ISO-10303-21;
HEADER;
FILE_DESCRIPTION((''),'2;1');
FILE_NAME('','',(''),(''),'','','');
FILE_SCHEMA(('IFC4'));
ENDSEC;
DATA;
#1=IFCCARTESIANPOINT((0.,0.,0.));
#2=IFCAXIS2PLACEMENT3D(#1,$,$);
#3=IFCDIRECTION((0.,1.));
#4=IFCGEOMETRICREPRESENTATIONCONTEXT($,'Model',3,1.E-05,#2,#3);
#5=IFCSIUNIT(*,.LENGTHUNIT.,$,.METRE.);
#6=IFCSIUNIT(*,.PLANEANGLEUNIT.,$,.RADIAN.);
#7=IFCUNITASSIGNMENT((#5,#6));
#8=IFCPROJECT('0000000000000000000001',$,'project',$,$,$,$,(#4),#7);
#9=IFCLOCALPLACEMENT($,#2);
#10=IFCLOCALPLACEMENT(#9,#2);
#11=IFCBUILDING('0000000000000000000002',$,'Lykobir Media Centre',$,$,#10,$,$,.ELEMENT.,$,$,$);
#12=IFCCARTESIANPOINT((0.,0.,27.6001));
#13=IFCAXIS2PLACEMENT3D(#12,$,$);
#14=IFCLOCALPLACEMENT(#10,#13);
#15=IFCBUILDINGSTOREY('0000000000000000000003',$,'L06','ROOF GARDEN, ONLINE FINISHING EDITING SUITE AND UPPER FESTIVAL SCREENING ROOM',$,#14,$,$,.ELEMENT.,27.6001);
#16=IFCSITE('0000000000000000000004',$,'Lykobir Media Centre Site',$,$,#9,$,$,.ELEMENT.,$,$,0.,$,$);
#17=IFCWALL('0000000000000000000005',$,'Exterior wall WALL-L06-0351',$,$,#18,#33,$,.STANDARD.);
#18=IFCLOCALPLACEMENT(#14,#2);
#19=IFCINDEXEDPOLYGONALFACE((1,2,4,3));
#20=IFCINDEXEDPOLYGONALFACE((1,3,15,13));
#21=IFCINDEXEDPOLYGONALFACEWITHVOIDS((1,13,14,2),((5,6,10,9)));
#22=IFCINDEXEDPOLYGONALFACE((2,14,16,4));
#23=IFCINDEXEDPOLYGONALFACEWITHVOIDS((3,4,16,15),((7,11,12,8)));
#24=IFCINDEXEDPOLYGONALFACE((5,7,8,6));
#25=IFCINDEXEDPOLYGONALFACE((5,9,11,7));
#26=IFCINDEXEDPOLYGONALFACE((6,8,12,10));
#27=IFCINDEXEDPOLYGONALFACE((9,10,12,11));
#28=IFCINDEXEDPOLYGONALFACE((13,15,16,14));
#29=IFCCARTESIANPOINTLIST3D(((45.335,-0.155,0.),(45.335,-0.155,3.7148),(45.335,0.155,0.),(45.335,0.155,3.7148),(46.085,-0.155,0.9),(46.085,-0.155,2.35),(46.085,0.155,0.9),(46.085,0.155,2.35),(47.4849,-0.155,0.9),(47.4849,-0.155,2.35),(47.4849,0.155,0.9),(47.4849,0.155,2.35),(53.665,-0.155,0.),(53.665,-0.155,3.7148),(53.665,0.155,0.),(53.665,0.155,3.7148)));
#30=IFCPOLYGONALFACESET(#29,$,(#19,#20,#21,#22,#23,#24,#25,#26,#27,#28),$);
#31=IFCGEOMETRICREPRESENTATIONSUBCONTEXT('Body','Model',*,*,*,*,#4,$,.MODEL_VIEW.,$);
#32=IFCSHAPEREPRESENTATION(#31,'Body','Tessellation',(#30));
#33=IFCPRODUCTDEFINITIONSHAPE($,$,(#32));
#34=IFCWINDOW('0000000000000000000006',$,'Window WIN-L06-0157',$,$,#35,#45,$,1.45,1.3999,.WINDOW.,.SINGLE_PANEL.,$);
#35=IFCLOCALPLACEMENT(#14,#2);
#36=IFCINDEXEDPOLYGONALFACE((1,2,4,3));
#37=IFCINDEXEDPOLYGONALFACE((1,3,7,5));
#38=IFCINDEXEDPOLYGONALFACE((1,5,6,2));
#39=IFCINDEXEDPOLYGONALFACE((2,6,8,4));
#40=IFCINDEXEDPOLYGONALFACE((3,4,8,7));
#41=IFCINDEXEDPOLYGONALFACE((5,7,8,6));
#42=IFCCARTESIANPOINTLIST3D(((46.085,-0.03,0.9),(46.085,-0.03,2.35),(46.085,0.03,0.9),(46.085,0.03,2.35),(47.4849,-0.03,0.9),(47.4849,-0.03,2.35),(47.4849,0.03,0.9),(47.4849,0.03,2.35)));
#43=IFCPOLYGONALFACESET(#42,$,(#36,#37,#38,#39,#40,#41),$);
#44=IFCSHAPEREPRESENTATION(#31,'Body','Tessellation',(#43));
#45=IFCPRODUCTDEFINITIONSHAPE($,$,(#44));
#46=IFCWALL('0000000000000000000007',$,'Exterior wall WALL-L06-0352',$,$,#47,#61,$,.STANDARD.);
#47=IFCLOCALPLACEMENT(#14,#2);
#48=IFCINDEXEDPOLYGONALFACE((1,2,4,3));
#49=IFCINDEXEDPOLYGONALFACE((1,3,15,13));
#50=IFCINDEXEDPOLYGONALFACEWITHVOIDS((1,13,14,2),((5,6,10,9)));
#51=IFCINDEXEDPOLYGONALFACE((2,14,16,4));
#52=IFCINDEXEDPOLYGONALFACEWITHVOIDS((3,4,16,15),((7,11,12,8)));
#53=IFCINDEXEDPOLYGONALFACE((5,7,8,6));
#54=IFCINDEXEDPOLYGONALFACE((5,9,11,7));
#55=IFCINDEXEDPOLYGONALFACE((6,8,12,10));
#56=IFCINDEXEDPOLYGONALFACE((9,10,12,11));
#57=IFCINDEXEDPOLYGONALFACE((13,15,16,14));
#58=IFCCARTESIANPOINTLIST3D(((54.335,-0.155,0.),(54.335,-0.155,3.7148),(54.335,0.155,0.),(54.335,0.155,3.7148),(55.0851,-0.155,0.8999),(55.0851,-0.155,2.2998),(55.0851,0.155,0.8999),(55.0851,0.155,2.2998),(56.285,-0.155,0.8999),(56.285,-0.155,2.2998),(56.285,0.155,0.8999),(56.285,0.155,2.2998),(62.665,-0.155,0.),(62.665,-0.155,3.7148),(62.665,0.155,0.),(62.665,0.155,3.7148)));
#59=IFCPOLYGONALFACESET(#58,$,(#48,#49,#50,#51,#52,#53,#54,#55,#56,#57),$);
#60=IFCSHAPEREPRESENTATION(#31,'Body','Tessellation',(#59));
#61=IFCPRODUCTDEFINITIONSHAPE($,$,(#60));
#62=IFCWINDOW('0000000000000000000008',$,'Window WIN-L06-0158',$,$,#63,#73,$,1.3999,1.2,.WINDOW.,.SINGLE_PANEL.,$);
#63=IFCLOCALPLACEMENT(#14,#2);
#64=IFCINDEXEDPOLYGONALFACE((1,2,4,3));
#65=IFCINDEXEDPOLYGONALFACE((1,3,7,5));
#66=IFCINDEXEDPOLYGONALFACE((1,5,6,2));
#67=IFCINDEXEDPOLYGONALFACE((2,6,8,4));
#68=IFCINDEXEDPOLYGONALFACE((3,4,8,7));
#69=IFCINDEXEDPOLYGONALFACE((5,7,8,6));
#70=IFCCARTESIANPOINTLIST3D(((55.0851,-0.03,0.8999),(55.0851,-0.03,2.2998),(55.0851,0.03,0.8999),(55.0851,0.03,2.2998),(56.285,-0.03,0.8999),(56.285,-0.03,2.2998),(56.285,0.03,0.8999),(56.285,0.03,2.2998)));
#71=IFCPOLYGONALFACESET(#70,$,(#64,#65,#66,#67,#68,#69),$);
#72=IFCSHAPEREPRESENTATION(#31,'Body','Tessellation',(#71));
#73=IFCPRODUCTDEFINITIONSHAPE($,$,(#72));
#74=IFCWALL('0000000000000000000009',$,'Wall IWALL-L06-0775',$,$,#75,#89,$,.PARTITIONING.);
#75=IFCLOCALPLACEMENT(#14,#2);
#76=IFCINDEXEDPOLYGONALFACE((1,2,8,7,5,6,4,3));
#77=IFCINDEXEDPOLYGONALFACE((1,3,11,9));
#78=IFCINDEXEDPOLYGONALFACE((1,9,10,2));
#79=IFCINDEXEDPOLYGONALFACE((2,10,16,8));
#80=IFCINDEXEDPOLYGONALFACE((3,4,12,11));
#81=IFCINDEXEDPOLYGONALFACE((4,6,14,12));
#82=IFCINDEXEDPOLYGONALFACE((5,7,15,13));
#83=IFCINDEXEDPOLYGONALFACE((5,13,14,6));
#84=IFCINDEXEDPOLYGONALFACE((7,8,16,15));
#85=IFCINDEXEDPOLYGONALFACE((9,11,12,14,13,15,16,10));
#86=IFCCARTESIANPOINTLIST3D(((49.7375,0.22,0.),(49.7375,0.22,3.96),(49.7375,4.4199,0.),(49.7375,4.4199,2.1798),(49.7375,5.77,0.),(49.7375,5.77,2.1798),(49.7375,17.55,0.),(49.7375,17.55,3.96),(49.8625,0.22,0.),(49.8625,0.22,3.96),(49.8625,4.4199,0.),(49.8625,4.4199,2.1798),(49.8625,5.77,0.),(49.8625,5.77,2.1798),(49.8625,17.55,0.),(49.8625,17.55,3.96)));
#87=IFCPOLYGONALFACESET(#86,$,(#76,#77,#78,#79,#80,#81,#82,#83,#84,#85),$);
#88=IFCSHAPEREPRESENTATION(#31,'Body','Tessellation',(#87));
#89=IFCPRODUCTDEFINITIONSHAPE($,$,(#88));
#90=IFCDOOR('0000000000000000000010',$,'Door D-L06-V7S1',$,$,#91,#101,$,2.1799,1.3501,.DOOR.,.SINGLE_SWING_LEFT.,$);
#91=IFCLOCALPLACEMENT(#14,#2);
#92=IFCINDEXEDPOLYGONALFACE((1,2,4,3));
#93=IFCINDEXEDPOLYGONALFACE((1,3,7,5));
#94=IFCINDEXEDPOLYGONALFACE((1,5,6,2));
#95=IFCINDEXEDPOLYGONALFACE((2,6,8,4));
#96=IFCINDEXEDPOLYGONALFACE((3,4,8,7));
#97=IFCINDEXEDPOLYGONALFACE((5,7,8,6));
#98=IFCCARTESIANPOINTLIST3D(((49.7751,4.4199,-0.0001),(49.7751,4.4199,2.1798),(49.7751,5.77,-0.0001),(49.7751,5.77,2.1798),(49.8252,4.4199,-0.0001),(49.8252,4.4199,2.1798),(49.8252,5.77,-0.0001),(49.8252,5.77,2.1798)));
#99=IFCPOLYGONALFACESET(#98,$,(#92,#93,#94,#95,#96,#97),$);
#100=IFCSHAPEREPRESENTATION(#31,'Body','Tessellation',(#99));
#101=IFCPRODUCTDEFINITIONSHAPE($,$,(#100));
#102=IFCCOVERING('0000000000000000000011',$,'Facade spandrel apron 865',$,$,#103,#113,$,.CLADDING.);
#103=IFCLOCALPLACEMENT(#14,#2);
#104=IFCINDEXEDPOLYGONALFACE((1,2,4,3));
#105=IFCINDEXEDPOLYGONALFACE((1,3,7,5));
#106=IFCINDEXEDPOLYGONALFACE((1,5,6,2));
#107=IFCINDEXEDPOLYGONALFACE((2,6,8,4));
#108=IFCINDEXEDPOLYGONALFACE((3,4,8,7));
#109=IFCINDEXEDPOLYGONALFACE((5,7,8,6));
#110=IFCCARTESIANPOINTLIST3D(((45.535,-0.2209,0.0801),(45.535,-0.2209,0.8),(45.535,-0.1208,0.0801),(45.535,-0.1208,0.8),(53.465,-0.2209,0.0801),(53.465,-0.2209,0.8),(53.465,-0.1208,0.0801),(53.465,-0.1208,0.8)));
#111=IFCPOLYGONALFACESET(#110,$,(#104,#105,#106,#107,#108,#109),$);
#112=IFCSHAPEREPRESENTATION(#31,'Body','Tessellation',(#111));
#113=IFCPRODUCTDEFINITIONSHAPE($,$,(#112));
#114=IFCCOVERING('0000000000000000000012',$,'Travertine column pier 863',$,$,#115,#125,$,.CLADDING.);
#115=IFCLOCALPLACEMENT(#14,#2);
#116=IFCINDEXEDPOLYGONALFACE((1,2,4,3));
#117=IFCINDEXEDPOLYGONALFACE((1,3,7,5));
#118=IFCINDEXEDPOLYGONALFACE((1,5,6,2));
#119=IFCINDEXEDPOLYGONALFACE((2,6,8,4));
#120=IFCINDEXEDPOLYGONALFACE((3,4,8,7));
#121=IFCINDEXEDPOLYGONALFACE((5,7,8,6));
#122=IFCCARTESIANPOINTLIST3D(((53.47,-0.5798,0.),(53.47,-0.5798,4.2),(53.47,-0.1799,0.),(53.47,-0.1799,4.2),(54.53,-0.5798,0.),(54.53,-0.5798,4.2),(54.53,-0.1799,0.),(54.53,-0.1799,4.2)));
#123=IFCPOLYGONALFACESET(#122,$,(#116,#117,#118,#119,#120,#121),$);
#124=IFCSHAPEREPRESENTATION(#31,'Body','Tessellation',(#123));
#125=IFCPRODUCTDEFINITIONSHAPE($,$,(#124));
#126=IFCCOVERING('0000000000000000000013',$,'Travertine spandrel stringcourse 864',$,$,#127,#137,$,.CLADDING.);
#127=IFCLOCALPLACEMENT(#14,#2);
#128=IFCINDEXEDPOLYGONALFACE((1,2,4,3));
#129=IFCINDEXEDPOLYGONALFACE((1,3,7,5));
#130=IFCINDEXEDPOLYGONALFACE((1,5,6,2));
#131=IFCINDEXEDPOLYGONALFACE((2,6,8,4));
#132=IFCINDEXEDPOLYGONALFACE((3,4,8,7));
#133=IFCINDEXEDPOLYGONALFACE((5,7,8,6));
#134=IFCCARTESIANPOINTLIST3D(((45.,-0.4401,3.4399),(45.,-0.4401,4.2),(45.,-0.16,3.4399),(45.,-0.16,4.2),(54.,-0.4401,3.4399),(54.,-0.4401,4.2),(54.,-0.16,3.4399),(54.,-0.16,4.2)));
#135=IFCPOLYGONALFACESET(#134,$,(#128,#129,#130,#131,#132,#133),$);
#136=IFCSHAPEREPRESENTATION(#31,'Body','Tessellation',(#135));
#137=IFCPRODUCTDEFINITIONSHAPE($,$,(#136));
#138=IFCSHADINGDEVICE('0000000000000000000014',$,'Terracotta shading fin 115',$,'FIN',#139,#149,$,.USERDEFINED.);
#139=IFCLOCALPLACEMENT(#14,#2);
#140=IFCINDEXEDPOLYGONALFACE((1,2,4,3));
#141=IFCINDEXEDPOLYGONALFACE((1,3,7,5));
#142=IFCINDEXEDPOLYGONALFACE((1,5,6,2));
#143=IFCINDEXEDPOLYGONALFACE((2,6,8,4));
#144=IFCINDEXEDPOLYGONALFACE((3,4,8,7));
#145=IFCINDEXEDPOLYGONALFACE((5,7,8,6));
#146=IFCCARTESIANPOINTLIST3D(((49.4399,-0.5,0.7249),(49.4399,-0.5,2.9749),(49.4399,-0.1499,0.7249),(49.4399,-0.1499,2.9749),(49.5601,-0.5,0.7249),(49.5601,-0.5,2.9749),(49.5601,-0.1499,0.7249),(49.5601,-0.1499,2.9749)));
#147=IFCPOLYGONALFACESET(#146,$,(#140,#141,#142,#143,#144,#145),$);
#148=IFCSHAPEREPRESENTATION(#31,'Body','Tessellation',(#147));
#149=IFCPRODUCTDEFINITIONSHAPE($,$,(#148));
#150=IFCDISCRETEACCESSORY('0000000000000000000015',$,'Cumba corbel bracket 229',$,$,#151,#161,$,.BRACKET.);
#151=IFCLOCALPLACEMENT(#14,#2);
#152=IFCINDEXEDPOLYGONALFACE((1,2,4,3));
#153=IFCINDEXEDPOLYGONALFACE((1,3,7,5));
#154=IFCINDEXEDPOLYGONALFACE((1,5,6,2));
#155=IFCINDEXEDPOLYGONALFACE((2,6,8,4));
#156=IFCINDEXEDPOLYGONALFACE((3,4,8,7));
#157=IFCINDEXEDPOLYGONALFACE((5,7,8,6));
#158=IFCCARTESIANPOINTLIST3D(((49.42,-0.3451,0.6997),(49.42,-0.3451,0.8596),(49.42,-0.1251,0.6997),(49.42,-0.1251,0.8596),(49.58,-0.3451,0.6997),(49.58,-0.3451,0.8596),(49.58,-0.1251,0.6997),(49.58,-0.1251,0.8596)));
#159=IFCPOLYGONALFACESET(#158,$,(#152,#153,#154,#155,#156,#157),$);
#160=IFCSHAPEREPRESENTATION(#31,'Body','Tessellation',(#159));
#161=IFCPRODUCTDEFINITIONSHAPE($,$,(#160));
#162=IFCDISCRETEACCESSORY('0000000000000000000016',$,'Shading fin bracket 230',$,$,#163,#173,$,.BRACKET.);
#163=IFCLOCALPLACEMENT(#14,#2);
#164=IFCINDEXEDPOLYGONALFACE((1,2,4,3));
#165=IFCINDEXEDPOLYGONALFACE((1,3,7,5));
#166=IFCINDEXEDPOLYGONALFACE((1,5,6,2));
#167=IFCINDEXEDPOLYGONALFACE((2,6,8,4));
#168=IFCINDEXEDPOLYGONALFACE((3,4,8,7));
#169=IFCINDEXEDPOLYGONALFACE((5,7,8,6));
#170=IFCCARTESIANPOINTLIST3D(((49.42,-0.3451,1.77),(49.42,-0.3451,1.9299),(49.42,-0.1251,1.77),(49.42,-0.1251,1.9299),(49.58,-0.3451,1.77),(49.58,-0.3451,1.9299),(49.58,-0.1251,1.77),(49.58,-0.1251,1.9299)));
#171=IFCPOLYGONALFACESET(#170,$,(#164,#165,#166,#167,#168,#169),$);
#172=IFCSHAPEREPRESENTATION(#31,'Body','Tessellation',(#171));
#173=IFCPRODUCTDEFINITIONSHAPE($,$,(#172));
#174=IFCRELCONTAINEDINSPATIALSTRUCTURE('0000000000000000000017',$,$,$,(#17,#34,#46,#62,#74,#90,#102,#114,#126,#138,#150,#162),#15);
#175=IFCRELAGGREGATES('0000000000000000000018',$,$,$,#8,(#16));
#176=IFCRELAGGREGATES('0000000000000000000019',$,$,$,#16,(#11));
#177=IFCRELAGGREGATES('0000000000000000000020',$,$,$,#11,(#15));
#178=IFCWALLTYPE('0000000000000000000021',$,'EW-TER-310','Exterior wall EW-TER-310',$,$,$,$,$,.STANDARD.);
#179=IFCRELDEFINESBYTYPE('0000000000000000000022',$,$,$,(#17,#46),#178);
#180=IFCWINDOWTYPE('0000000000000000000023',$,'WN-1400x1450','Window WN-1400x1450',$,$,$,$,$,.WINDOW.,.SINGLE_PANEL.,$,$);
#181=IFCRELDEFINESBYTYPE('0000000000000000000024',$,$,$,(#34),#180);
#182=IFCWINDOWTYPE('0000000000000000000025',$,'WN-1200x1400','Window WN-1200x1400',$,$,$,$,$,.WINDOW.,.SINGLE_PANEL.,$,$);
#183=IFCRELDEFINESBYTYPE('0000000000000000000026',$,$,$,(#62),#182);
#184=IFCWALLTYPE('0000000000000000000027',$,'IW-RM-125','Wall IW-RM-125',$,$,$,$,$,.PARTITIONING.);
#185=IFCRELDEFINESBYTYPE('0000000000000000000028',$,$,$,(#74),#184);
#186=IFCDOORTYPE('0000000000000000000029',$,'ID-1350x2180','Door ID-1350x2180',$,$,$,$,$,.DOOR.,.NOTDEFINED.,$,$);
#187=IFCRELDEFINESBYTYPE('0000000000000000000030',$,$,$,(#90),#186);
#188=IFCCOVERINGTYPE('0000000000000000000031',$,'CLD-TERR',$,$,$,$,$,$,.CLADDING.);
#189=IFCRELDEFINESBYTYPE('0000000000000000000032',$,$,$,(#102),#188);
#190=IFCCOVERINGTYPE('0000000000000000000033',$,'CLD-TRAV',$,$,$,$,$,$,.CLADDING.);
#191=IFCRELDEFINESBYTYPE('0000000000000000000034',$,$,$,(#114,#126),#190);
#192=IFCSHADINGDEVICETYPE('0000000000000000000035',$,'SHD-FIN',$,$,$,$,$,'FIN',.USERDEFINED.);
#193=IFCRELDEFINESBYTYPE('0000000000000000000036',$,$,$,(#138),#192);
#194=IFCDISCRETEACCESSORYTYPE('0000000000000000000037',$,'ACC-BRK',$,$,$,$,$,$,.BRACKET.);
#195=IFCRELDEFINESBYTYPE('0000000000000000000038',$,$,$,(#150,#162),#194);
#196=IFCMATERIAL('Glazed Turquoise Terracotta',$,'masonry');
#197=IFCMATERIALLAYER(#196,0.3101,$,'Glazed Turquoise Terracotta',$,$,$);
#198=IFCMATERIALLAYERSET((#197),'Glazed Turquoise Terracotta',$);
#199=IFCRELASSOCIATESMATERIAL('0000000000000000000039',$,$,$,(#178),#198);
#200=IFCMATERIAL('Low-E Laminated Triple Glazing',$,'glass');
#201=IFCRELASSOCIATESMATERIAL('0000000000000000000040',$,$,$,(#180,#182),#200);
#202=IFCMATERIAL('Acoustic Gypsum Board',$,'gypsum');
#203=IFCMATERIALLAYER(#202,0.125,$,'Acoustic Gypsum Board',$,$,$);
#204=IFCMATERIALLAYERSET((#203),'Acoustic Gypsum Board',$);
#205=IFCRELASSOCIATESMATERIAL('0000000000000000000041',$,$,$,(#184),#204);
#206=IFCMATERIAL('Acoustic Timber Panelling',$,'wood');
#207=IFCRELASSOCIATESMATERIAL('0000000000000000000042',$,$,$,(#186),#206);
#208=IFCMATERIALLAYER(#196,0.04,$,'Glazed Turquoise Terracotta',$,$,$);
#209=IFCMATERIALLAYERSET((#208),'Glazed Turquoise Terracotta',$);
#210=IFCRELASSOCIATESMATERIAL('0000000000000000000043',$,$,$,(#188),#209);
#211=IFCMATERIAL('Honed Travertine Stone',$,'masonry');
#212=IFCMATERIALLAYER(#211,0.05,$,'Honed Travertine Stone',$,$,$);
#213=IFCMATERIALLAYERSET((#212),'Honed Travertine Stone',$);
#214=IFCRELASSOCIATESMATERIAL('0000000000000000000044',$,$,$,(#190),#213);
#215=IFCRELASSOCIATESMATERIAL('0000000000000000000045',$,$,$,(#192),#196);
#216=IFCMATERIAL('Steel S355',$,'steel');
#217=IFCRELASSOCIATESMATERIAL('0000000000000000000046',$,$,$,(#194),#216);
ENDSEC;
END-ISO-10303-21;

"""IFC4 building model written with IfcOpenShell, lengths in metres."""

from ifc_helpers import new_model, si_unit, direction, frame, frame_2d, origin, origin_2d, place, context, subcontext, project, spatial, rectangle, extrude, material, layer, layer_set, type_object, element, fill, save


model = new_model("IFC4")

# Units and contexts
model_context = context("Model", 3, precision=1e-05, world=origin(), true_north=direction((0.0, 1.0)))
body_context = subcontext(model_context, "Body", "Model", "MODEL_VIEW")
ifc_project = project(units=[si_unit("LENGTHUNIT", "METRE"), si_unit("PLANEANGLEUNIT", "RADIAN")], contexts=[model_context])

# Site, building, storey
site_placement = place(None, origin())
site = spatial("IfcSite", under=ifc_project, at=site_placement, Name="Lykobir Media Centre Site", CompositionType="ELEMENT", RefElevation=0.0)
building_placement = place(site_placement, origin())
building = spatial("IfcBuilding", under=site, at=building_placement, Name="Lykobir Media Centre", CompositionType="ELEMENT")
storey_placement = place(building_placement, frame((0.0, 0.0, 27.6001)))
storey = spatial("IfcBuildingStorey", under=building, at=storey_placement, Name="L06", Description="ROOF GARDEN, ONLINE FINISHING EDITING SUITE AND UPPER FESTIVAL SCREENING ROOM", CompositionType="ELEMENT", Elevation=27.6001)

# Shared definitions
ifc_material_1 = material(Name="Steel S355", Category="steel")

# Walls, openings, windows
ifc_material_2 = material(Name="Glazed Turquoise Terracotta", Category="masonry")
ifc_layer_1 = layer(ifc_material_2, 0.3101, Name="Glazed Turquoise Terracotta")
ifc_layer_set_1 = layer_set([ifc_layer_1], Name="Glazed Turquoise Terracotta")
wall_type_1 = type_object("IfcWallType", Name="EW-TER-310", Description="Exterior wall EW-TER-310", PredefinedType="STANDARD", material=ifc_layer_set_1)
wall_1_placement = place(storey_placement, frame((45.335, 0.0, 0.0), z_axis=(0.0, 0.0, 1.0), x_axis=(1.0, 0.0, 0.0)))
wall_1 = element("IfcWall", 1, at=wall_1_placement, inside=storey, type_object=wall_type_1, Name="Exterior wall WALL-L06-0351", PredefinedType="STANDARD", context=body_context, shape_type="SweptSolid", body=[
    extrude(rectangle(XDim=8.3301, YDim=0.3101, at=frame_2d((4.165, 0.0))), origin(), (0.0, 0.0, 1.0), 3.7148),
])
opening_1_placement = place(wall_1_placement, frame((0.75, 0.0, 0.8999)))
opening_1 = element("IfcOpeningElement", 2, at=opening_1_placement, cuts=wall_1, PredefinedType="OPENING", context=body_context, shape_type="SweptSolid", body=[
    extrude(rectangle(XDim=1.3999, YDim=1.45, at=frame_2d((0.7, 0.7251))), frame((0.0, 0.165, 0.0), z_axis=(0.0, -1.0, 0.0), x_axis=(1.0, 0.0, 0.0)), (0.0, 0.0, 1.0), 0.3301),
])
ifc_material_3 = material(Name="Low-E Laminated Triple Glazing", Category="glass")
window_type_1 = type_object("IfcWindowType", Name="WN-1400x1450", Description="Window WN-1400x1450", PartitioningType="SINGLE_PANEL", PredefinedType="WINDOW", material=ifc_material_3)
window_1_placement = place(opening_1_placement, origin())
window_1 = element("IfcWindow", 3, at=window_1_placement, inside=storey, type_object=window_type_1, Name="Window WIN-L06-0157", OverallHeight=1.45, OverallWidth=1.3999, PartitioningType="SINGLE_PANEL", PredefinedType="WINDOW", context=body_context, shape_type="SweptSolid", body=[
    extrude(rectangle(XDim=1.3999, YDim=1.45, at=frame_2d((0.7, 0.7251))), frame((0.0, 0.03, 0.0), z_axis=(0.0, -1.0, 0.0), x_axis=(1.0, 0.0, 0.0)), (0.0, 0.0, 1.0), 0.0601),
])
fill(opening_1, window_1)
wall_2_placement = place(storey_placement, frame((54.335, 0.0, 0.0), z_axis=(0.0, 0.0, 1.0), x_axis=(1.0, 0.0, 0.0)))
wall_2 = element("IfcWall", 4, at=wall_2_placement, inside=storey, type_object=wall_type_1, Name="Exterior wall WALL-L06-0352", PredefinedType="STANDARD", context=body_context, shape_type="SweptSolid", body=[
    extrude(rectangle(XDim=8.3301, YDim=0.3101, at=frame_2d((4.165, 0.0))), origin(), (0.0, 0.0, 1.0), 3.7148),
])
opening_2_placement = place(wall_2_placement, frame((0.75, 0.0, 0.8999)))
opening_2 = element("IfcOpeningElement", 5, at=opening_2_placement, cuts=wall_2, PredefinedType="OPENING", context=body_context, shape_type="SweptSolid", body=[
    extrude(rectangle(XDim=1.2, YDim=1.3999, at=frame_2d((0.6001, 0.7))), frame((0.0, 0.165, 0.0), z_axis=(0.0, -1.0, 0.0), x_axis=(1.0, 0.0, 0.0)), (0.0, 0.0, 1.0), 0.3301),
])
window_type_2 = type_object("IfcWindowType", Name="WN-1200x1400", Description="Window WN-1200x1400", PartitioningType="SINGLE_PANEL", PredefinedType="WINDOW", material=ifc_material_3)
window_2_placement = place(opening_2_placement, origin())
window_2 = element("IfcWindow", 6, at=window_2_placement, inside=storey, type_object=window_type_2, Name="Window WIN-L06-0158", OverallHeight=1.3999, OverallWidth=1.2, PartitioningType="SINGLE_PANEL", PredefinedType="WINDOW", context=body_context, shape_type="SweptSolid", body=[
    extrude(rectangle(XDim=1.2, YDim=1.3999, at=frame_2d((0.6001, 0.7))), frame((0.0, 0.03, 0.0), z_axis=(0.0, -1.0, 0.0), x_axis=(1.0, 0.0, 0.0)), (0.0, 0.0, 1.0), 0.0601),
])
fill(opening_2, window_2)

# Wall, opening, door
ifc_material_4 = material(Name="Acoustic Gypsum Board", Category="gypsum")
ifc_layer_2 = layer(ifc_material_4, 0.125, Name="Acoustic Gypsum Board")
ifc_layer_set_2 = layer_set([ifc_layer_2], Name="Acoustic Gypsum Board")
wall_type_2 = type_object("IfcWallType", Name="IW-RM-125", Description="Wall IW-RM-125", PredefinedType="PARTITIONING", material=ifc_layer_set_2)
wall_3_placement = place(storey_placement, frame((49.8, 0.22, 0.0), z_axis=(0.0, 0.0, 1.0), x_axis=(0.0, 1.0, 0.0)))
wall_3 = element("IfcWall", 7, at=wall_3_placement, inside=storey, type_object=wall_type_2, Name="Wall IWALL-L06-0775", PredefinedType="PARTITIONING", context=body_context, shape_type="SweptSolid", body=[
    extrude(rectangle(XDim=17.3301, YDim=0.125, at=frame_2d((8.665, 0.0))), origin(), (0.0, 0.0, 1.0), 3.96),
])
opening_3_placement = place(wall_3_placement, frame((4.2, 0.0, 0.0)))
opening_3 = element("IfcOpeningElement", 8, at=opening_3_placement, cuts=wall_3, PredefinedType="OPENING", context=body_context, shape_type="SweptSolid", body=[
    extrude(rectangle(XDim=1.3501, YDim=2.1799, at=frame_2d((0.675, 1.0898))), frame((0.0, 0.0725, 0.0), z_axis=(0.0, -1.0, 0.0), x_axis=(1.0, 0.0, 0.0)), (0.0, 0.0, 1.0), 0.145),
])
ifc_material_5 = material(Name="Acoustic Timber Panelling", Category="wood")
door_type = type_object("IfcDoorType", Name="ID-1350x2180", Description="Door ID-1350x2180", OperationType="NOTDEFINED", PredefinedType="DOOR", material=ifc_material_5)
door_placement = place(opening_3_placement, origin())
door = element("IfcDoor", 9, at=door_placement, inside=storey, type_object=door_type, Name="Door D-L06-V7S1", OperationType="SINGLE_SWING_LEFT", OverallHeight=2.1799, OverallWidth=1.3501, PredefinedType="DOOR", context=body_context, shape_type="SweptSolid", body=[
    extrude(rectangle(XDim=1.3501, YDim=2.1799, at=frame_2d((0.675, 1.0898))), frame((0.0, 0.0249, 0.0), z_axis=(0.0, -1.0, 0.0), x_axis=(1.0, 0.0, 0.0)), (0.0, 0.0, 1.0), 0.05),
])
fill(opening_3, door)

# Coverings
ifc_layer_3 = layer(ifc_material_2, 0.04, Name="Glazed Turquoise Terracotta")
ifc_layer_set_3 = layer_set([ifc_layer_3], Name="Glazed Turquoise Terracotta")
covering_type_1 = type_object("IfcCoveringType", Name="CLD-TERR", PredefinedType="CLADDING", material=ifc_layer_set_3)
covering_1_placement = place(storey_placement, frame((49.5, -0.1709, 0.0801), z_axis=(0.0, 0.0, 1.0), x_axis=(1.0, 0.0, 0.0)))
element("IfcCovering", 10, at=covering_1_placement, inside=storey, type_object=covering_type_1, Name="Facade spandrel apron 865", PredefinedType="CLADDING", context=body_context, shape_type="SweptSolid", body=[
    extrude(rectangle(XDim=7.9299, YDim=0.1001, at=origin_2d()), origin(), (0.0, 0.0, 1.0), 0.72),
])
ifc_material_6 = material(Name="Honed Travertine Stone", Category="masonry")
ifc_layer_4 = layer(ifc_material_6, 0.05, Name="Honed Travertine Stone")
ifc_layer_set_4 = layer_set([ifc_layer_4], Name="Honed Travertine Stone")
covering_type_2 = type_object("IfcCoveringType", Name="CLD-TRAV", PredefinedType="CLADDING", material=ifc_layer_set_4)
covering_2_placement = place(storey_placement, frame((54.0, -0.3799, 0.0), z_axis=(0.0, 0.0, 1.0), x_axis=(1.0, 0.0, 0.0)))
element("IfcCovering", 11, at=covering_2_placement, inside=storey, type_object=covering_type_2, Name="Travertine column pier 863", PredefinedType="CLADDING", context=body_context, shape_type="SweptSolid", body=[
    extrude(rectangle(XDim=1.0601, YDim=0.3999, at=origin_2d()), origin(), (0.0, 0.0, 1.0), 4.2),
])
covering_3_placement = place(storey_placement, frame((49.5, -0.3, 3.4399), z_axis=(0.0, 0.0, 1.0), x_axis=(1.0, 0.0, 0.0)))
element("IfcCovering", 12, at=covering_3_placement, inside=storey, type_object=covering_type_2, Name="Travertine spandrel stringcourse 864", PredefinedType="CLADDING", context=body_context, shape_type="SweptSolid", body=[
    extrude(rectangle(XDim=9.0, YDim=0.28, at=origin_2d()), origin(), (0.0, 0.0, 1.0), 0.76),
])

# Shading device
shading_device_type = type_object("IfcShadingDeviceType", Name="SHD-FIN", ElementType="FIN", PredefinedType="USERDEFINED", material=ifc_material_2)
shading_device_placement = place(storey_placement, frame((49.5, -0.325, 0.7249), z_axis=(0.0, 0.0, 1.0), x_axis=(1.0, 0.0, 0.0)))
element("IfcShadingDevice", 13, at=shading_device_placement, inside=storey, type_object=shading_device_type, Name="Terracotta shading fin 115", ObjectType="FIN", PredefinedType="USERDEFINED", context=body_context, shape_type="SweptSolid", body=[
    extrude(rectangle(XDim=0.1201, YDim=0.3501, at=origin_2d()), origin(), (0.0, 0.0, 1.0), 2.25),
])

# Discrete accessories
discrete_accessory_type = type_object("IfcDiscreteAccessoryType", Name="ACC-BRK", PredefinedType="BRACKET", material=ifc_material_1)
for number, where, z_axis, x_axis, name in (
    (14, (49.5, -0.2351, 0.6997), (0.0, 0.0, 1.0), (1.0, 0.0, 0.0), "Cumba corbel bracket 229"),
    (15, (49.5, -0.2351, 1.77), (0.0, 0.0, 1.0), (1.0, 0.0, 0.0), "Shading fin bracket 230"),
):
    element("IfcDiscreteAccessory", number, at=place(storey_placement, frame(where, z_axis=z_axis, x_axis=x_axis)), inside=storey, type_object=discrete_accessory_type, Name=name, PredefinedType="BRACKET", context=body_context, shape_type="SweptSolid", body=[
        extrude(rectangle(XDim=0.1599, YDim=0.22, at=origin_2d()), origin(), (0.0, 0.0, 1.0), 0.1599),
    ])

save(model, "model.ifc")
